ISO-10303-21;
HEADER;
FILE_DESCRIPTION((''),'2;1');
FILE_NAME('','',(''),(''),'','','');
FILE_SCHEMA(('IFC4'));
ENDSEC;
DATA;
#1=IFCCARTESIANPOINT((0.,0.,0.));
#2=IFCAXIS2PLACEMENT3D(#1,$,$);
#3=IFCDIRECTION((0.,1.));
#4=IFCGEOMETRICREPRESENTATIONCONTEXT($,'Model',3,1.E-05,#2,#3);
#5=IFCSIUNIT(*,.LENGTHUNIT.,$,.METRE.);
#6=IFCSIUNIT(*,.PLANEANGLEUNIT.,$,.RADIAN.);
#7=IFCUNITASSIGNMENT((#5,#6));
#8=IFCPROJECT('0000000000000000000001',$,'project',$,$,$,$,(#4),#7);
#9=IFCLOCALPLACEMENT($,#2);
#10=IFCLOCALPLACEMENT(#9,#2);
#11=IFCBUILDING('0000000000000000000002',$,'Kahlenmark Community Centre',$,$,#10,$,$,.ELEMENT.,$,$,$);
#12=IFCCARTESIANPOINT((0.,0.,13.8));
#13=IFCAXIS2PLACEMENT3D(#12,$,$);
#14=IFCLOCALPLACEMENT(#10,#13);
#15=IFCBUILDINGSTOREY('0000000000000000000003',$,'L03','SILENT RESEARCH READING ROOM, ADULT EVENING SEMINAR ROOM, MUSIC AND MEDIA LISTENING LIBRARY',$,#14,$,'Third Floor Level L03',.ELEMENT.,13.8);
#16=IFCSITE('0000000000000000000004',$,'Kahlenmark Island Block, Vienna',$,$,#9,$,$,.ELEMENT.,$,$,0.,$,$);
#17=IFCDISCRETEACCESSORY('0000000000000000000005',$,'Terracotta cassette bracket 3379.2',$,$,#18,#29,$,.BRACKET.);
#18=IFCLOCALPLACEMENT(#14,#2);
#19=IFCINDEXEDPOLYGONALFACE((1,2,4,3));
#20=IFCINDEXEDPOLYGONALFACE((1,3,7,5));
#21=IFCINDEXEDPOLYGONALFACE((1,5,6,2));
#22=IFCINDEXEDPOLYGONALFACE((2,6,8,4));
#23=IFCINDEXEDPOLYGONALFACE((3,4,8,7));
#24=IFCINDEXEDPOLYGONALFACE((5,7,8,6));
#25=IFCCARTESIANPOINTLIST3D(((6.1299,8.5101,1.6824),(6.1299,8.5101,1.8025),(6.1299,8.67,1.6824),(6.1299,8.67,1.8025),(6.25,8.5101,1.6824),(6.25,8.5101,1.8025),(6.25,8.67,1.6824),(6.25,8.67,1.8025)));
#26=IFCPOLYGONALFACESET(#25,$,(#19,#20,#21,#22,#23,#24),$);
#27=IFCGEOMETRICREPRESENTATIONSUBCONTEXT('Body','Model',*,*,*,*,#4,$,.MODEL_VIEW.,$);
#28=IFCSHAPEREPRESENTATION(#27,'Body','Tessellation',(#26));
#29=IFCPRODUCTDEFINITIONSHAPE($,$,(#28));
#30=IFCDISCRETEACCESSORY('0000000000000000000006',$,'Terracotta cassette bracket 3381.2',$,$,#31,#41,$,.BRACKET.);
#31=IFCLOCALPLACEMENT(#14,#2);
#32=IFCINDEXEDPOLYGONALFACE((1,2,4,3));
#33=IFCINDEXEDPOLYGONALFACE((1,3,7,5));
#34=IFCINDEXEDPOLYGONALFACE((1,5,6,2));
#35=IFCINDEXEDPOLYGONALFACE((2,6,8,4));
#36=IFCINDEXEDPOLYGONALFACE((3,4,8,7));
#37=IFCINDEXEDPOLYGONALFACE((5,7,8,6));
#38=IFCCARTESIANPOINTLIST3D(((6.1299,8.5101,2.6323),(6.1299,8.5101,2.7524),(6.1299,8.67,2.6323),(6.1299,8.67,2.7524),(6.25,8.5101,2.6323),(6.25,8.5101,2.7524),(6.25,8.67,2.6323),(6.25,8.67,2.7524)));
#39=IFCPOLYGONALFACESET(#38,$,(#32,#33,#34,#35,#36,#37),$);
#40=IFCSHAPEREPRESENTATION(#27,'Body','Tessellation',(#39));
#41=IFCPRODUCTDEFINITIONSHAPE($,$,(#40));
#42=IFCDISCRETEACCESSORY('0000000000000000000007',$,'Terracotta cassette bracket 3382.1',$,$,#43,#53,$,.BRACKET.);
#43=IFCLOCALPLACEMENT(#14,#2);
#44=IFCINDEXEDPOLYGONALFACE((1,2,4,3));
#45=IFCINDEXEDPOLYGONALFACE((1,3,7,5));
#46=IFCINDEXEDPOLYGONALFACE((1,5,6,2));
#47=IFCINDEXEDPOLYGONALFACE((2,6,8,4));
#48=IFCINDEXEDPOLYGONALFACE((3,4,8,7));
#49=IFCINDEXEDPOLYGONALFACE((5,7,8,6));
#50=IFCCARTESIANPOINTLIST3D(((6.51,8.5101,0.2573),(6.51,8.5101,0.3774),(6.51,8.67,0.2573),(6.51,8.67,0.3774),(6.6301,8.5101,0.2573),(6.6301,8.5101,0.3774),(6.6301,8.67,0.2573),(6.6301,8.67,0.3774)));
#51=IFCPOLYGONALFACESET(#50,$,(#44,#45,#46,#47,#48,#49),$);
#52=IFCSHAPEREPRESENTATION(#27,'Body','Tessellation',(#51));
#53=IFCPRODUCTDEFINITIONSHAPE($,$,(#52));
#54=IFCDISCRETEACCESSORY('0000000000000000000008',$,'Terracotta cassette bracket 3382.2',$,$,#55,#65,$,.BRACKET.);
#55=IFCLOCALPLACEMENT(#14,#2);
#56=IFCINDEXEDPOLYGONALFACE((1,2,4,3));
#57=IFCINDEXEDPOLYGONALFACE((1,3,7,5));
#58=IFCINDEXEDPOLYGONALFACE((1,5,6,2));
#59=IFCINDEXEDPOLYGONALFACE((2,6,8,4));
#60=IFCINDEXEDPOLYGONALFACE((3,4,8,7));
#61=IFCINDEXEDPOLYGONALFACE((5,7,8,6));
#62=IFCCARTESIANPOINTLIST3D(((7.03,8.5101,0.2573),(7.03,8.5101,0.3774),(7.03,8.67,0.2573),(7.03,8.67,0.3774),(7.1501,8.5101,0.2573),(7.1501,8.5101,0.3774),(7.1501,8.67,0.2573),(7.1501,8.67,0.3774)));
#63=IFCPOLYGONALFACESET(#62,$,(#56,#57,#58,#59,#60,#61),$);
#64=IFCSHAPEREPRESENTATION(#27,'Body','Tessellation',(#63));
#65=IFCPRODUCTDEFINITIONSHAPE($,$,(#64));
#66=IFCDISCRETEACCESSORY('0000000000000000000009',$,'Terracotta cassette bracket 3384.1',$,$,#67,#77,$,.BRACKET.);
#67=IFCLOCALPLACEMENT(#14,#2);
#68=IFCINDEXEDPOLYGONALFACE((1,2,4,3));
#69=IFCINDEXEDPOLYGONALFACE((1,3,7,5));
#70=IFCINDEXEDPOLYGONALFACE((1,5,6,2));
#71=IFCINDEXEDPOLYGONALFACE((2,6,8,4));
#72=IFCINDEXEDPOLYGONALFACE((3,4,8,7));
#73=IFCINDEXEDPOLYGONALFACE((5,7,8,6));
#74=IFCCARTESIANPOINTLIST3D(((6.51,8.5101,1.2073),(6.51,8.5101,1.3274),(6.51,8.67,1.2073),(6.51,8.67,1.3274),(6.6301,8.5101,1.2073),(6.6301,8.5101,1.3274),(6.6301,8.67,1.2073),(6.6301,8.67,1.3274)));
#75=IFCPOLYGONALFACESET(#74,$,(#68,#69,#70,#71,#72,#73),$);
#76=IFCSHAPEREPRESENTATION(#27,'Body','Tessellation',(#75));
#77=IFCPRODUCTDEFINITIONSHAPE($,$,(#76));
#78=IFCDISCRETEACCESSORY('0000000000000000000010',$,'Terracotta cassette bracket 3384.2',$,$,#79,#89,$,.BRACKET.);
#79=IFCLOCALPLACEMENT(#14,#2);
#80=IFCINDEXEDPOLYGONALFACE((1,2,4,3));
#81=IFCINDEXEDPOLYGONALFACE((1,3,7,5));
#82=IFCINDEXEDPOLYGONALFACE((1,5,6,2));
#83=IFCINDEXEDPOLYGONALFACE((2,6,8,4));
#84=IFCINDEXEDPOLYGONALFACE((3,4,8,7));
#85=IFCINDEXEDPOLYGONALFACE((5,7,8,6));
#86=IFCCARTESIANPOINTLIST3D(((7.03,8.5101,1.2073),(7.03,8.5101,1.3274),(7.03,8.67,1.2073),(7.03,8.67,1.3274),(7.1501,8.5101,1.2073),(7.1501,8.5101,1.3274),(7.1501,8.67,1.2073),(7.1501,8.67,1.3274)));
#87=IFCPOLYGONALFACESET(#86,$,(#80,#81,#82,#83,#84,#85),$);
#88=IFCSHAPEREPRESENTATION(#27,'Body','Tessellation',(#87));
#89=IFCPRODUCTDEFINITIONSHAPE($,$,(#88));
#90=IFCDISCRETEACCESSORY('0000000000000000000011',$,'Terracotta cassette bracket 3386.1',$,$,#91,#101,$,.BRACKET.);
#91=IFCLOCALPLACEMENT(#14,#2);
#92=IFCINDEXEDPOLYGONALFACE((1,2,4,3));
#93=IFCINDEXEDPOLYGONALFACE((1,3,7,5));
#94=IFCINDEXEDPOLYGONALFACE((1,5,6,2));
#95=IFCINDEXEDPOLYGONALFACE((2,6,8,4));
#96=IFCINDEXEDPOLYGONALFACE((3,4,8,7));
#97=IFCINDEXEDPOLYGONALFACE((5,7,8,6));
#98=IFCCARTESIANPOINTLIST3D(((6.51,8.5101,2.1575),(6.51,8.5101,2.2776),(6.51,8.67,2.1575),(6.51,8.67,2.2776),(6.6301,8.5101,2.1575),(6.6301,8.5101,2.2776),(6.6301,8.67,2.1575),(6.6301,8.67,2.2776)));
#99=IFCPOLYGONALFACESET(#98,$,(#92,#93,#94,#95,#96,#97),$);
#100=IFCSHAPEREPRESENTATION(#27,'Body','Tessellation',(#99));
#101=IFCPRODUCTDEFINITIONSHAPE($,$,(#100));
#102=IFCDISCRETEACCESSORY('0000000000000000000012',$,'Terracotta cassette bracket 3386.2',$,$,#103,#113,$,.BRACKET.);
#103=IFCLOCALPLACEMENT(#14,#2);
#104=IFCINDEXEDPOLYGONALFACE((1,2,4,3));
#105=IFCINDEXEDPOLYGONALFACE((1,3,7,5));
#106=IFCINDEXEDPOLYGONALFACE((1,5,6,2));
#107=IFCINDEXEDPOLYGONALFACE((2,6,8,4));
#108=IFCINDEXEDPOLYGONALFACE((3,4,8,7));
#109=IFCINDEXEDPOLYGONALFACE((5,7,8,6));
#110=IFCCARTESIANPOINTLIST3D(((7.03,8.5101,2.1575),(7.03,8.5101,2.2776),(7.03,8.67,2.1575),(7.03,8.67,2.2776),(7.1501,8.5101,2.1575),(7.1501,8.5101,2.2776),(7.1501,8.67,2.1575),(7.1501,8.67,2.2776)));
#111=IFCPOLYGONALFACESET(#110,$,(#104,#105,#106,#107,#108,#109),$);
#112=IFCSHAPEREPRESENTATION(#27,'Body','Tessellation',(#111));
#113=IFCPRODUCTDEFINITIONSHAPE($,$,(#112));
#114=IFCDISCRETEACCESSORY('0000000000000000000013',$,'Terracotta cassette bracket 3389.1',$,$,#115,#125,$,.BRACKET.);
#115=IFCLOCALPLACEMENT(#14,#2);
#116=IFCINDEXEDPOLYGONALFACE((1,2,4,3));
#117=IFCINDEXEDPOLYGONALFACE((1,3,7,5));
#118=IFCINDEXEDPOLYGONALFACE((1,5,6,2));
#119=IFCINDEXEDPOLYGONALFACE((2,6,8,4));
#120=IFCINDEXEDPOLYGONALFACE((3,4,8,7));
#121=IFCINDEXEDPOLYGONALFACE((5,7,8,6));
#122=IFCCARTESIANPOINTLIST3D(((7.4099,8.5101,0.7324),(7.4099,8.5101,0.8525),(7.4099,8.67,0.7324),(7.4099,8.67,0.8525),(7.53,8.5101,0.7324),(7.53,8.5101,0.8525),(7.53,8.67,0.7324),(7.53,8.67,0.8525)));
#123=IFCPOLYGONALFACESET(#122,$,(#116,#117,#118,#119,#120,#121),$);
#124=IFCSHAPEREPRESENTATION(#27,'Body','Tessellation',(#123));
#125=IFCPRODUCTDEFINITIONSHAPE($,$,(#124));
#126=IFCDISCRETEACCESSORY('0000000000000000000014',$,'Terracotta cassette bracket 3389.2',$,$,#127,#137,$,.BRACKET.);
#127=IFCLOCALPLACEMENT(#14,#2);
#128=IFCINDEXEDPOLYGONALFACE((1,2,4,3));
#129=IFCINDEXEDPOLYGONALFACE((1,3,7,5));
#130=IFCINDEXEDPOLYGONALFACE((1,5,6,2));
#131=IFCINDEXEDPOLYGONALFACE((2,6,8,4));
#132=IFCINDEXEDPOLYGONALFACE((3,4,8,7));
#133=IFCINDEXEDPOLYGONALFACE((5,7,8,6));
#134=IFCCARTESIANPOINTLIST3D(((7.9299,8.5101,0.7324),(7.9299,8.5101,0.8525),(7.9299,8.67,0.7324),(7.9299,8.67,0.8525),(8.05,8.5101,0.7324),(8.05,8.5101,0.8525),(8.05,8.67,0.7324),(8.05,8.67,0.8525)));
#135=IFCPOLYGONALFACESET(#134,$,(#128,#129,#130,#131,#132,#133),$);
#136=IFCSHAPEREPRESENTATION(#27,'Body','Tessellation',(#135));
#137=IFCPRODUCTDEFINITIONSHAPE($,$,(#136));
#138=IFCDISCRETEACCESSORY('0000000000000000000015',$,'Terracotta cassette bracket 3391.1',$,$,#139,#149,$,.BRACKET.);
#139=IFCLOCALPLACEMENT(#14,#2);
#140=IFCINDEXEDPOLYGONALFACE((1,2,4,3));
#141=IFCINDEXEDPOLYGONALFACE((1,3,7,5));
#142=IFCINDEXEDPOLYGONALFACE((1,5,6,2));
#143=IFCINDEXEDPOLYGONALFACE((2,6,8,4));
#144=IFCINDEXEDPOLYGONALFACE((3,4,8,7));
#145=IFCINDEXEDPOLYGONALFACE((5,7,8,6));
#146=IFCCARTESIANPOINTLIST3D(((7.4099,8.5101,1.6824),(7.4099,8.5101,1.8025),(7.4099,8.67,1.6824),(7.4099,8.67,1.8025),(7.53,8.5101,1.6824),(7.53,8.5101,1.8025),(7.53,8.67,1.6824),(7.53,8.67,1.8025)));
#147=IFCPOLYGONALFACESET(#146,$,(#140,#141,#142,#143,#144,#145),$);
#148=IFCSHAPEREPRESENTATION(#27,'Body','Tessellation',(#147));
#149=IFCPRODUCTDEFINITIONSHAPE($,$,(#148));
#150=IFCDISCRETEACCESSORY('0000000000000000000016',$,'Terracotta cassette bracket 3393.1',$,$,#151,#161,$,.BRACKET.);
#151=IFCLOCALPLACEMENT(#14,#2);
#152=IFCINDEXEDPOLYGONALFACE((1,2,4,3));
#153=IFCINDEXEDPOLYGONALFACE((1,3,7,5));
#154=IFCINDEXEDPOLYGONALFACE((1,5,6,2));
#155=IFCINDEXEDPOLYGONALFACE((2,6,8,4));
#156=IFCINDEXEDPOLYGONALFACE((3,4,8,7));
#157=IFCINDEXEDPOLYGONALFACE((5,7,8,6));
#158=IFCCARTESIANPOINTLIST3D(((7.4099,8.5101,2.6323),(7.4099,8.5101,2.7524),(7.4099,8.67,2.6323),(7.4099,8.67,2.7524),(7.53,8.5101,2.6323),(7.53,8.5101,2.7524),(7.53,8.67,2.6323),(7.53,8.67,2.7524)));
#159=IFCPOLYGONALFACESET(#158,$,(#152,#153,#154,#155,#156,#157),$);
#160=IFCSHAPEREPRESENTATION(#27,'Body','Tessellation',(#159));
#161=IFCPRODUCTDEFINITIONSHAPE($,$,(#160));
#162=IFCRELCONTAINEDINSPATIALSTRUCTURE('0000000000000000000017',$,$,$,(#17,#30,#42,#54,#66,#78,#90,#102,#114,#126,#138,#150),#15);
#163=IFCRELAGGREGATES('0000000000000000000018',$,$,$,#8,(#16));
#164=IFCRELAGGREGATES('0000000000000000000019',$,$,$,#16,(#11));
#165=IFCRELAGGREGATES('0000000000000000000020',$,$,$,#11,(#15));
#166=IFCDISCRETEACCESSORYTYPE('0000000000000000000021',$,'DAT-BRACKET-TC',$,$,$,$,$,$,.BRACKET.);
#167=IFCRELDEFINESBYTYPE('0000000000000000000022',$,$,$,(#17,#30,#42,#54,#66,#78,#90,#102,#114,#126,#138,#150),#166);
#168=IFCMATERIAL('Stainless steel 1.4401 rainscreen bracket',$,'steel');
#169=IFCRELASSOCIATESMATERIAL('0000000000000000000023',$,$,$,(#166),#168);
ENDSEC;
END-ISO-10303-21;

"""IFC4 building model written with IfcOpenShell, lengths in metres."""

from ifc_helpers import new_model, si_unit, direction, frame, origin, origin_2d, place, context, subcontext, project, spatial, rectangle, extrude, material, type_object, element, save


model = new_model("IFC4")

# Units and contexts
model_context = context("Model", 3, precision=1e-05, world=origin(), true_north=direction((0.0, 1.0)))
body_context = subcontext(model_context, "Body", "Model", "MODEL_VIEW")
ifc_project = project(units=[si_unit("LENGTHUNIT", "METRE"), si_unit("PLANEANGLEUNIT", "RADIAN")], contexts=[model_context])

# Site, building, storey
site_placement = place(None, origin())
site = spatial("IfcSite", under=ifc_project, at=site_placement, Name="Kahlenmark Island Block, Vienna", CompositionType="ELEMENT", RefElevation=0.0)
building_placement = place(site_placement, origin())
building = spatial("IfcBuilding", under=site, at=building_placement, Name="Kahlenmark Community Centre", CompositionType="ELEMENT")
storey_placement = place(building_placement, frame((0.0, 0.0, 13.8)))
storey = spatial("IfcBuildingStorey", under=building, at=storey_placement, Name="L03", Description="SILENT RESEARCH READING ROOM, ADULT EVENING SEMINAR ROOM, MUSIC AND MEDIA LISTENING LIBRARY", LongName="Third Floor Level L03", CompositionType="ELEMENT", Elevation=13.8)

# Discrete accessories
ifc_material_1 = material(Name="Stainless steel 1.4401 rainscreen bracket", Category="steel")
discrete_accessory_type = type_object("IfcDiscreteAccessoryType", Name="DAT-BRACKET-TC", PredefinedType="BRACKET", material=ifc_material_1)
for number, where, z_axis, x_axis, name in (
    (1, (6.1899, 8.5901, 1.6824), (0.0, 0.0, 1.0), (1.0, 0.0, 0.0), "Terracotta cassette bracket 3379.2"),
    (2, (6.1899, 8.5901, 2.6323), (0.0, 0.0, 1.0), (1.0, 0.0, 0.0), "Terracotta cassette bracket 3381.2"),
    (3, (6.5701, 8.5901, 0.2573), (0.0, 0.0, 1.0), (1.0, 0.0, 0.0), "Terracotta cassette bracket 3382.1"),
    (4, (7.0901, 8.5901, 0.2573), (0.0, 0.0, 1.0), (1.0, 0.0, 0.0), "Terracotta cassette bracket 3382.2"),
    (5, (6.5701, 8.5901, 1.2073), (0.0, 0.0, 1.0), (1.0, 0.0, 0.0), "Terracotta cassette bracket 3384.1"),
    (6, (7.0901, 8.5901, 1.2073), (0.0, 0.0, 1.0), (1.0, 0.0, 0.0), "Terracotta cassette bracket 3384.2"),
    (7, (6.5701, 8.5901, 2.1575), (0.0, 0.0, 1.0), (1.0, 0.0, 0.0), "Terracotta cassette bracket 3386.1"),
    (8, (7.0901, 8.5901, 2.1575), (0.0, 0.0, 1.0), (1.0, 0.0, 0.0), "Terracotta cassette bracket 3386.2"),
    (9, (7.47, 8.5901, 0.7324), (0.0, 0.0, 1.0), (1.0, 0.0, 0.0), "Terracotta cassette bracket 3389.1"),
    (10, (7.99, 8.5901, 0.7324), (0.0, 0.0, 1.0), (1.0, 0.0, 0.0), "Terracotta cassette bracket 3389.2"),
    (11, (7.47, 8.5901, 1.6824), (0.0, 0.0, 1.0), (1.0, 0.0, 0.0), "Terracotta cassette bracket 3391.1"),
    (12, (7.47, 8.5901, 2.6323), (0.0, 0.0, 1.0), (1.0, 0.0, 0.0), "Terracotta cassette bracket 3393.1"),
):
    element("IfcDiscreteAccessory", number, at=place(storey_placement, frame(where, z_axis=z_axis, x_axis=x_axis)), inside=storey, type_object=discrete_accessory_type, Name=name, PredefinedType="BRACKET", context=body_context, shape_type="SweptSolid", body=[
        extrude(rectangle(XDim=0.1201, YDim=0.1599, at=origin_2d()), origin(), (0.0, 0.0, 1.0), 0.1201),
    ])

save(model, "model.ifc")
